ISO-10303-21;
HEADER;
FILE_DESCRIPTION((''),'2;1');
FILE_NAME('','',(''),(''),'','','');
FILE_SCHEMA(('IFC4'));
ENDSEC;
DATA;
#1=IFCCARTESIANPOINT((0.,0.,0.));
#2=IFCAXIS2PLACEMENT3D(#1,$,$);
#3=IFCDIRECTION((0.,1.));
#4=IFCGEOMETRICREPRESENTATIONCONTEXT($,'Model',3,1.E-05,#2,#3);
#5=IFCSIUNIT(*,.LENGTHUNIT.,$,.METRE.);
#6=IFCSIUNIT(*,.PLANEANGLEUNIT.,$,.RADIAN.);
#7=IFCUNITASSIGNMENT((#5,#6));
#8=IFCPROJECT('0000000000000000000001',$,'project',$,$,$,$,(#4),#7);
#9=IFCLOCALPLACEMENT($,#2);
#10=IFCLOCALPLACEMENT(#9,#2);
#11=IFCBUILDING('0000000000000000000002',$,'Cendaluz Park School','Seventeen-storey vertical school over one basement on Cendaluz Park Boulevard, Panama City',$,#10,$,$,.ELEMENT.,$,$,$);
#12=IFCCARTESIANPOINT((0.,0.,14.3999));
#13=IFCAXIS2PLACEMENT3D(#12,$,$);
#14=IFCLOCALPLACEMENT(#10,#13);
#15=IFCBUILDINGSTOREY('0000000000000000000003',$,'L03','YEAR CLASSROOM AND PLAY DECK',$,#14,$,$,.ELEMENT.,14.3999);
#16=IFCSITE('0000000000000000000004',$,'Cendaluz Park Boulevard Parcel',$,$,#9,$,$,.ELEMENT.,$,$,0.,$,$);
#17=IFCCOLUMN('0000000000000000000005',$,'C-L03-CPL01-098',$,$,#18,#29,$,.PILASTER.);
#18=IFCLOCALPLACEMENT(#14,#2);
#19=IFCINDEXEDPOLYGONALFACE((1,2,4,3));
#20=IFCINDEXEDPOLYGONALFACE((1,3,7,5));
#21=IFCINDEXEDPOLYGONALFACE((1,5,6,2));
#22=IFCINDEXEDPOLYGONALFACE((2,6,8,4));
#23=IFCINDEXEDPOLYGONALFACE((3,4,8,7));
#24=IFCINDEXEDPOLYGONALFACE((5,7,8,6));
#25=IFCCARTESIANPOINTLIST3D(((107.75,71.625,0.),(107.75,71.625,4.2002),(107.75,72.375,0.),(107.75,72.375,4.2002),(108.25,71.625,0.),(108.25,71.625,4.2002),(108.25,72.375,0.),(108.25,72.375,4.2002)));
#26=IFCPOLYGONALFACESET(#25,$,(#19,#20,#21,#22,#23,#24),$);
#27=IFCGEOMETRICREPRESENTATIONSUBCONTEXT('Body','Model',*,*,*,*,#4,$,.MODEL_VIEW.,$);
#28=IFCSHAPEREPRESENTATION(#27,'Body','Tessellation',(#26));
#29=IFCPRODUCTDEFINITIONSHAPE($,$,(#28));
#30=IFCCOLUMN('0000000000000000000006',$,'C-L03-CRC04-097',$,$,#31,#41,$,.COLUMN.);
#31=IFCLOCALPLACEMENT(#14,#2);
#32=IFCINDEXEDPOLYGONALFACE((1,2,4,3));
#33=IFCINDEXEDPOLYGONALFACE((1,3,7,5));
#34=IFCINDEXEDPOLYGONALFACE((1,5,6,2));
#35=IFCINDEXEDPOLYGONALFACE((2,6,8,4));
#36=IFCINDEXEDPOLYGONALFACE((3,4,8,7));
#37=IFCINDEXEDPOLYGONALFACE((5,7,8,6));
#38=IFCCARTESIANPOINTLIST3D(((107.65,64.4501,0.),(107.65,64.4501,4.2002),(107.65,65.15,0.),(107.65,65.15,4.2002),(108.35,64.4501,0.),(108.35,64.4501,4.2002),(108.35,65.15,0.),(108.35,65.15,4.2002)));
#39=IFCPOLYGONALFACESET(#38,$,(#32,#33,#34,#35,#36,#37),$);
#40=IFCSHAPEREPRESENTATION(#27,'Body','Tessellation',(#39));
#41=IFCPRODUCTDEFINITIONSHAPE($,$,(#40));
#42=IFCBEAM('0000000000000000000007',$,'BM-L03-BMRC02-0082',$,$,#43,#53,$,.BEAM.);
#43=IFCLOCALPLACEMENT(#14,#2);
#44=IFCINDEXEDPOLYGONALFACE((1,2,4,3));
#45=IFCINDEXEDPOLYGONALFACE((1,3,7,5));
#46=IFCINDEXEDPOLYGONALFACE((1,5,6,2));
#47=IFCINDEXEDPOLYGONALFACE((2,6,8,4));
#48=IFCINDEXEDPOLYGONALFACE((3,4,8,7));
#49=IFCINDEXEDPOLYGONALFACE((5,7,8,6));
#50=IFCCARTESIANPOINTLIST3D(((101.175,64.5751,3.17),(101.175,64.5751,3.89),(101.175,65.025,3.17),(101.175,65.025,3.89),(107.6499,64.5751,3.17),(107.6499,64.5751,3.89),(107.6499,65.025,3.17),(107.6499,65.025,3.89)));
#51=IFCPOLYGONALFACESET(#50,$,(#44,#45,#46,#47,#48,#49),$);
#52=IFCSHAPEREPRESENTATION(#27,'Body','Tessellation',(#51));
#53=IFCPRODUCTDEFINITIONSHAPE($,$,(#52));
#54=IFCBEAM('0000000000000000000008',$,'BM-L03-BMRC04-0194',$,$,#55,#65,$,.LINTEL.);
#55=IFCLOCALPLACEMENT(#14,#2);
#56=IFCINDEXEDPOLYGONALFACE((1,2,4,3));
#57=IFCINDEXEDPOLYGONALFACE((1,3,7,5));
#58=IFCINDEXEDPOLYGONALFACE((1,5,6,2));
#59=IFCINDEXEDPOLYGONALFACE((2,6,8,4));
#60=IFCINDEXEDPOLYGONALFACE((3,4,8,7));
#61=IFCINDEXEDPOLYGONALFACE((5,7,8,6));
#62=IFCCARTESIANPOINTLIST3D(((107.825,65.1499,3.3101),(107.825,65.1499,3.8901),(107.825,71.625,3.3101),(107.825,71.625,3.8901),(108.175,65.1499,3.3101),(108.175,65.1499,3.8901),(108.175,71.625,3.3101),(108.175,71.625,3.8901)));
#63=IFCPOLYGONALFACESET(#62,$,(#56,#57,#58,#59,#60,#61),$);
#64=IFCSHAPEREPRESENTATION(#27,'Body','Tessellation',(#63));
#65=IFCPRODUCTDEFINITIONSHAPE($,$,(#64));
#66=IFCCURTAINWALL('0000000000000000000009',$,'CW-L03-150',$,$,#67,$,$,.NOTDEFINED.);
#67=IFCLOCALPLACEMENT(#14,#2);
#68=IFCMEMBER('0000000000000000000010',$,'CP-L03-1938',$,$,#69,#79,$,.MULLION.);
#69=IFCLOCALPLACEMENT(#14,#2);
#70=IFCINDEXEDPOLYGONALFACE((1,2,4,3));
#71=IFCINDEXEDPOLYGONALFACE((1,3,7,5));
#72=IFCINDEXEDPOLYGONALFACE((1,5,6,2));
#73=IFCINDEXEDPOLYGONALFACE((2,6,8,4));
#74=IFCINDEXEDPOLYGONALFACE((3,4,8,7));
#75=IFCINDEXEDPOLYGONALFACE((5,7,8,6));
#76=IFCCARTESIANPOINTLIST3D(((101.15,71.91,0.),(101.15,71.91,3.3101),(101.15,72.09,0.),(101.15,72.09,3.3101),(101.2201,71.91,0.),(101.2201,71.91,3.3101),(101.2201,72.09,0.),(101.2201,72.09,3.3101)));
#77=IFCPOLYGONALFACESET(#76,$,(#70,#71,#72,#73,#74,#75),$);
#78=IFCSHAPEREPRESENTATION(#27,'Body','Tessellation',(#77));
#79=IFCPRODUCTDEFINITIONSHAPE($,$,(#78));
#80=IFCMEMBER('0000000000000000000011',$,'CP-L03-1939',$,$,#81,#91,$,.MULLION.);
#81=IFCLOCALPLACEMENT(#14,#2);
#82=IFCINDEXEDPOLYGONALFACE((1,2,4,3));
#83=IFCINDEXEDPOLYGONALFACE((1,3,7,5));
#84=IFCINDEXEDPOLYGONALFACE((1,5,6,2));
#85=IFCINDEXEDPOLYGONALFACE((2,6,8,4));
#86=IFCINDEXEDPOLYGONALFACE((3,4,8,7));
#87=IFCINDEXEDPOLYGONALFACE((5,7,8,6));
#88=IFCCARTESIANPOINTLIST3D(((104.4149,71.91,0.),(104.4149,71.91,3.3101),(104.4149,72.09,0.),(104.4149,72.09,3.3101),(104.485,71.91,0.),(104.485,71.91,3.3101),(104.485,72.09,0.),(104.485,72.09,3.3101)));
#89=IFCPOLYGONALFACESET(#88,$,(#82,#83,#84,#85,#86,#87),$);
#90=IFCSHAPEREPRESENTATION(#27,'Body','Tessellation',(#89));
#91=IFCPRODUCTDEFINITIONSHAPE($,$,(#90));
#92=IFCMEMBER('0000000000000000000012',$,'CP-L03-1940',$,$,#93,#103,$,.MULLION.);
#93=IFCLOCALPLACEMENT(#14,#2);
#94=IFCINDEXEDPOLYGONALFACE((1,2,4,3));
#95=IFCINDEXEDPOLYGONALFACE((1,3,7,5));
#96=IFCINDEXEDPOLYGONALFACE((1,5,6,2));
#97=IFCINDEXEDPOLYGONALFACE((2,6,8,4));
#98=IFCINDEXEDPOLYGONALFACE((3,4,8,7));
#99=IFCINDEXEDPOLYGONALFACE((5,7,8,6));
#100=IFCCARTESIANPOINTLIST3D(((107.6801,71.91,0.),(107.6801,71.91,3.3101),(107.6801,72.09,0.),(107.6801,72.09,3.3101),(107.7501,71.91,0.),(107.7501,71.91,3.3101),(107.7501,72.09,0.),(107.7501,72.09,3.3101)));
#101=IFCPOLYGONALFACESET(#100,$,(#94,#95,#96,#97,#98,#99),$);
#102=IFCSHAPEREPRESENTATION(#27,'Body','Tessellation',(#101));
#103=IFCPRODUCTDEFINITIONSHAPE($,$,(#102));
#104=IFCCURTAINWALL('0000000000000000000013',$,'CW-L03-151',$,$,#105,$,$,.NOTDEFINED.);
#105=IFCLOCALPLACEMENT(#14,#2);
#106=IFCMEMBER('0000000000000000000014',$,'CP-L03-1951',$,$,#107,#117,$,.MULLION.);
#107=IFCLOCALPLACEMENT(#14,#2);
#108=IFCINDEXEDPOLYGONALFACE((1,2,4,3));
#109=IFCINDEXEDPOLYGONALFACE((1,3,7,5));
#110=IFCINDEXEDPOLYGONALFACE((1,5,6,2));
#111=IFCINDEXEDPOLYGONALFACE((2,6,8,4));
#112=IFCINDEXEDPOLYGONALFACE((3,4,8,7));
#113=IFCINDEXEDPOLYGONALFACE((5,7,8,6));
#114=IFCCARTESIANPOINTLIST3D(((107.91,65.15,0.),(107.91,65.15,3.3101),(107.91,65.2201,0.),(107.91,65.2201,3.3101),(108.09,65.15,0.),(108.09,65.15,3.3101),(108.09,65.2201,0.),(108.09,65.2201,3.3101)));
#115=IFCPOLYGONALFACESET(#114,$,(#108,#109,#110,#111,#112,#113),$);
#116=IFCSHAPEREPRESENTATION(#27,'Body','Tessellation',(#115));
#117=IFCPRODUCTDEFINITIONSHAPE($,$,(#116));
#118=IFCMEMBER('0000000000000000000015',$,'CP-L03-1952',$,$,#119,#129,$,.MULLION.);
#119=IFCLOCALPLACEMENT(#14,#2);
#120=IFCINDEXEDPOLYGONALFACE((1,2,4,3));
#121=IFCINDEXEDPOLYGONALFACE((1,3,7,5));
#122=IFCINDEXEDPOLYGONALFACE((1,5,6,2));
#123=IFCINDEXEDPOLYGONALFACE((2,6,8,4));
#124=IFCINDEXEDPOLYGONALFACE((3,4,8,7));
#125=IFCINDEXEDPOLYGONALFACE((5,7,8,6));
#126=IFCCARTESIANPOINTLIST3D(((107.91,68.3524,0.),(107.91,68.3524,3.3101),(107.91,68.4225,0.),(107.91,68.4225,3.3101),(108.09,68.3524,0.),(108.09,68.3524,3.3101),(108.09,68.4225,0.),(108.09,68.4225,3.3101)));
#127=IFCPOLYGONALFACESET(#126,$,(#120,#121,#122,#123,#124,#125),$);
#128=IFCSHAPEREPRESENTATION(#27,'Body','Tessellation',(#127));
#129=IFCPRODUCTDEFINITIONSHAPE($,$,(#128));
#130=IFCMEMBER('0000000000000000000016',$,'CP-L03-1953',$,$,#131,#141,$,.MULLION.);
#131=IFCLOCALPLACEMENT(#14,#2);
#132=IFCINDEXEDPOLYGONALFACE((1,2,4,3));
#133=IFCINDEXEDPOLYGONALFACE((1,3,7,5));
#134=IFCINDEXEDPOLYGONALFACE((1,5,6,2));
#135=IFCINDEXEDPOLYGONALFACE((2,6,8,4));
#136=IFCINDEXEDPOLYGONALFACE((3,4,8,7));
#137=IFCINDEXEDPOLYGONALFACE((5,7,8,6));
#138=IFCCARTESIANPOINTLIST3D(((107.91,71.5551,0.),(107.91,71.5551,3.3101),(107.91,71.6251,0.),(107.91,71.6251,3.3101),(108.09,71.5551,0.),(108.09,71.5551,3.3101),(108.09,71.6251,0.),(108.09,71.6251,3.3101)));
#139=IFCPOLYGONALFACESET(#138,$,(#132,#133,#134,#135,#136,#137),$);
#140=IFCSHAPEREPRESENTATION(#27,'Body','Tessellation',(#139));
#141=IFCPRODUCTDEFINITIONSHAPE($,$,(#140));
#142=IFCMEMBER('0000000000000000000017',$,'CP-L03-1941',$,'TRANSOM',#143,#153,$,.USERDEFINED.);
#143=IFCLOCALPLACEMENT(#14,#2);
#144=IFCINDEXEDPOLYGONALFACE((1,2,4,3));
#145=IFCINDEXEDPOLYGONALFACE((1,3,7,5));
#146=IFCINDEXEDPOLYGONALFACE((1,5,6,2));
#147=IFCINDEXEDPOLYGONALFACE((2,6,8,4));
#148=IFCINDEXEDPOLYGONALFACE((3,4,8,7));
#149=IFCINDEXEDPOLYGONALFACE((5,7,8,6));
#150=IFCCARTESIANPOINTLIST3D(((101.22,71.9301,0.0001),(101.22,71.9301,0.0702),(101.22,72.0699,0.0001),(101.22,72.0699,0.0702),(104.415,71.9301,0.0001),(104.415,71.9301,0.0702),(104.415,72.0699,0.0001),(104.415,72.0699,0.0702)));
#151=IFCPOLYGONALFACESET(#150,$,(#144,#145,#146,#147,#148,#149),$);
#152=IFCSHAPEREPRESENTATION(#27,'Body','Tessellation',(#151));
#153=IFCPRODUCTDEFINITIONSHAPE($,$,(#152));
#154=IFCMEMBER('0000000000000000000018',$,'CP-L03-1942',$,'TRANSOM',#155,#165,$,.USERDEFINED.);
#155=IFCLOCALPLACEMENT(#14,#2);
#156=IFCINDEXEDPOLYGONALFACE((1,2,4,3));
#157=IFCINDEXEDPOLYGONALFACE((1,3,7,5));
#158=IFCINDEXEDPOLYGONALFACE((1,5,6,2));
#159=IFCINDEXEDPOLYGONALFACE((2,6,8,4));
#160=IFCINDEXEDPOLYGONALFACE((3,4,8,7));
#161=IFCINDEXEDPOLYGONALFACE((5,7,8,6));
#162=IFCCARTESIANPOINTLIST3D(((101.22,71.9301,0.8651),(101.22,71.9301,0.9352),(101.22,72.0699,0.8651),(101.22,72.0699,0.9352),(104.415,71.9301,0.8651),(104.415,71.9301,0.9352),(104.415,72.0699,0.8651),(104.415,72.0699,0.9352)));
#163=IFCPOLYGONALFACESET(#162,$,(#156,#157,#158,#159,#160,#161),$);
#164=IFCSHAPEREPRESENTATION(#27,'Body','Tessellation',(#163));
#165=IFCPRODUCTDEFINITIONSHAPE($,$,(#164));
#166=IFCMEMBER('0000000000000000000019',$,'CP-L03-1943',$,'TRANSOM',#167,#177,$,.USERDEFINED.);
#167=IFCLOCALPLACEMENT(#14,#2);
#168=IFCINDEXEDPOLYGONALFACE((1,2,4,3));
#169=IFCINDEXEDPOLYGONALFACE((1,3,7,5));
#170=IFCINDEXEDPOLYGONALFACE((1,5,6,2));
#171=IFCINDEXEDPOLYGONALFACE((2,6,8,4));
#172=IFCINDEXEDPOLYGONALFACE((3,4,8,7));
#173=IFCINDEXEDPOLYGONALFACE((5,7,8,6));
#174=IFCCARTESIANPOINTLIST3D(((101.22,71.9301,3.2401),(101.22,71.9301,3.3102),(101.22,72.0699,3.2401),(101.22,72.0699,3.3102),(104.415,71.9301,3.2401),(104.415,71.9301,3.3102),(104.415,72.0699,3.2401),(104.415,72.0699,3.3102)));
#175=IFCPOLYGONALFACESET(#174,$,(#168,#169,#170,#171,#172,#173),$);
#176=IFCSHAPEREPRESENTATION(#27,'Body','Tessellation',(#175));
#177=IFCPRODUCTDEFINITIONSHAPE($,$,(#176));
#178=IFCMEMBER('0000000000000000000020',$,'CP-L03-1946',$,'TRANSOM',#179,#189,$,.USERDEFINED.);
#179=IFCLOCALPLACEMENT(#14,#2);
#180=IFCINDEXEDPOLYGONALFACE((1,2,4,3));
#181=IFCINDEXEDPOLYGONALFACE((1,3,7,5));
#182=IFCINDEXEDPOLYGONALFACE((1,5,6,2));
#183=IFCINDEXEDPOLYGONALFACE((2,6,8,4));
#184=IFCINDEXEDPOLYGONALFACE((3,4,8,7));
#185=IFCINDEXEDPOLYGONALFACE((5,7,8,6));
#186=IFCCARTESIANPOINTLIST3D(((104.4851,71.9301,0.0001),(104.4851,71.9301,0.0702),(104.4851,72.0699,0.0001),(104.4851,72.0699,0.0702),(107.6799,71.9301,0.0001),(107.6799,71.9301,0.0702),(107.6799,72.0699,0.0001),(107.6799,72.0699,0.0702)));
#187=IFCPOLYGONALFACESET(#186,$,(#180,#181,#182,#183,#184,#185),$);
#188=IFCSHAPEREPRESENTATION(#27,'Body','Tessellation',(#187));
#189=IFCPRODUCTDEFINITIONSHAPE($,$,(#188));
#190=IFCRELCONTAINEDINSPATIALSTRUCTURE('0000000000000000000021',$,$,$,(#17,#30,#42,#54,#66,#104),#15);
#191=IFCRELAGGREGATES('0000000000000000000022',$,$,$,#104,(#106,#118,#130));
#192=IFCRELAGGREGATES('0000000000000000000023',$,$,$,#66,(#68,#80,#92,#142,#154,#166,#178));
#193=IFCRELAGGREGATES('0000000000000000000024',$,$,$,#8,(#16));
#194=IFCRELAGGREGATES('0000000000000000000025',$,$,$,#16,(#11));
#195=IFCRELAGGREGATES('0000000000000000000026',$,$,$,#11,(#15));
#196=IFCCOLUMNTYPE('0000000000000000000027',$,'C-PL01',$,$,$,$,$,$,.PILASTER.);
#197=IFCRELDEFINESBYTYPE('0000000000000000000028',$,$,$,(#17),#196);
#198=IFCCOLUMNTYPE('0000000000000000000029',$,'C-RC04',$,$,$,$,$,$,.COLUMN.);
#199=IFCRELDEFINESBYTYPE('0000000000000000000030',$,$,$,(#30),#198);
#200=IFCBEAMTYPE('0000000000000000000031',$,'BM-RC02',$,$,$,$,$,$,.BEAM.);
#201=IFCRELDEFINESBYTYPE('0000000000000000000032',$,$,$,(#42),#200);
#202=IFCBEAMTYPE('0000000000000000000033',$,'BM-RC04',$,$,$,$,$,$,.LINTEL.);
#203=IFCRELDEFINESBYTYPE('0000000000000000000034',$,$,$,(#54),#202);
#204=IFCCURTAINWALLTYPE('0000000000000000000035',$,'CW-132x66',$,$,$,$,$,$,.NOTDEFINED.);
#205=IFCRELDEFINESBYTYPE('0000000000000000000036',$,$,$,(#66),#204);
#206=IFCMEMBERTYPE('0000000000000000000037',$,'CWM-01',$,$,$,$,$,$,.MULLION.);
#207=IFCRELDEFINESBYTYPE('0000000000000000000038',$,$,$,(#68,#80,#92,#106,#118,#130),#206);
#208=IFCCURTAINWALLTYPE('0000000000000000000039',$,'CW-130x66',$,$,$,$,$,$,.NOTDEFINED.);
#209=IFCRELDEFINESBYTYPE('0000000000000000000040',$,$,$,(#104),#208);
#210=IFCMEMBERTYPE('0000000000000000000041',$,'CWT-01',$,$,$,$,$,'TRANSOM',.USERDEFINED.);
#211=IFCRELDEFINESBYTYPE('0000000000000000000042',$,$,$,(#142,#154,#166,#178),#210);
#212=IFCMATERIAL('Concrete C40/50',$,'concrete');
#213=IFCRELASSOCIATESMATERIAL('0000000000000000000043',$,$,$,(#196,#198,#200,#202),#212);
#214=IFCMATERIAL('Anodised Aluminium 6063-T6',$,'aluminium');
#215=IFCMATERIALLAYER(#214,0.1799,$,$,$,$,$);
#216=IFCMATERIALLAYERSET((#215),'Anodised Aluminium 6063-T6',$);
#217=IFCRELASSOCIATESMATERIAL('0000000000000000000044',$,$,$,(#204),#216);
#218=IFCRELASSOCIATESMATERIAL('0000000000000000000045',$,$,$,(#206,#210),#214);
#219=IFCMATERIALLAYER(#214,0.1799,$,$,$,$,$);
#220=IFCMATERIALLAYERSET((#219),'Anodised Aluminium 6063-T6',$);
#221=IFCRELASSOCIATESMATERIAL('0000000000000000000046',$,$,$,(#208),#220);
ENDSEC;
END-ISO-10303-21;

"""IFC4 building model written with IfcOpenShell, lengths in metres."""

from ifc_helpers import new_model, si_unit, direction, frame, origin, origin_2d, place, context, subcontext, project, spatial, rectangle, extrude, material, layer, layer_set, material_profile, profile_set, type_object, element, aggregate, save


model = new_model("IFC4")

# Units and contexts
model_context = context("Model", 3, precision=1e-05, world=origin(), true_north=direction((0.0, 1.0)))
body_context = subcontext(model_context, "Body", "Model", "MODEL_VIEW")
ifc_project = project(units=[si_unit("LENGTHUNIT", "METRE"), si_unit("PLANEANGLEUNIT", "RADIAN")], contexts=[model_context])

# Site, building, storey
site_placement = place(None, origin())
site = spatial("IfcSite", under=ifc_project, at=site_placement, Name="Cendaluz Park Boulevard Parcel", CompositionType="ELEMENT", RefElevation=0.0)
building_placement = place(site_placement, origin())
building = spatial("IfcBuilding", under=site, at=building_placement, Name="Cendaluz Park School", Description="Seventeen-storey vertical school over one basement on Cendaluz Park Boulevard, Panama City", CompositionType="ELEMENT")
storey_placement = place(building_placement, frame((0.0, 0.0, 14.3999)))
storey = spatial("IfcBuildingStorey", under=building, at=storey_placement, Name="L03", Description="YEAR CLASSROOM AND PLAY DECK", CompositionType="ELEMENT", Elevation=14.3999)

# Columns
ifc_material_1 = material(Name="Concrete C40/50", Category="concrete")
ifc_material_profile_1 = material_profile(ifc_material_1, rectangle(XDim=0.5, YDim=0.75, at=origin_2d()), Name="RC 500x750", Category="concrete")
ifc_profile_set_1 = profile_set([ifc_material_profile_1], Name="Concrete C40/50")
column_type_1 = type_object("IfcColumnType", Name="C-PL01", PredefinedType="PILASTER", material=ifc_profile_set_1)
column_1_placement = place(storey_placement, frame((108.0, 72.0, 0.0), z_axis=(0.0, 0.0, 1.0), x_axis=(1.0, 0.0, 0.0)))
element("IfcColumn", 1, at=column_1_placement, inside=storey, type_object=column_type_1, Name="C-L03-CPL01-098", PredefinedType="PILASTER", context=body_context, shape_type="SweptSolid", body=[
    extrude(rectangle(XDim=0.5, YDim=0.75, at=origin_2d()), origin(), (0.0, 0.0, 1.0), 4.2002),
])
ifc_material_profile_2 = material_profile(ifc_material_1, rectangle(XDim=0.7, YDim=0.7, at=origin_2d()), Name="RC 700x700", Category="concrete")
ifc_profile_set_2 = profile_set([ifc_material_profile_2], Name="Concrete C40/50")
column_type_2 = type_object("IfcColumnType", Name="C-RC04", PredefinedType="COLUMN", material=ifc_profile_set_2)
column_2_placement = place(storey_placement, frame((108.0, 64.8, 0.0), z_axis=(0.0, 0.0, 1.0), x_axis=(1.0, 0.0, 0.0)))
element("IfcColumn", 2, at=column_2_placement, inside=storey, type_object=column_type_2, Name="C-L03-CRC04-097", PredefinedType="COLUMN", context=body_context, shape_type="SweptSolid", body=[
    extrude(rectangle(XDim=0.7, YDim=0.7, at=origin_2d()), origin(), (0.0, 0.0, 1.0), 4.2002),
])

# Beams
ifc_material_profile_3 = material_profile(ifc_material_1, rectangle(XDim=0.45, YDim=0.72, at=origin_2d()), Name="RC 450x720", Category="concrete")
ifc_profile_set_3 = profile_set([ifc_material_profile_3], Name="Concrete C40/50")
beam_type_1 = type_object("IfcBeamType", Name="BM-RC02", PredefinedType="BEAM", material=ifc_profile_set_3)
beam_1_placement = place(storey_placement, frame((101.175, 64.8, 3.53), z_axis=(1.0, 0.0, 0.0), x_axis=(0.0, 1.0, 0.0)))
element("IfcBeam", 3, at=beam_1_placement, inside=storey, type_object=beam_type_1, Name="BM-L03-BMRC02-0082", PredefinedType="BEAM", context=body_context, shape_type="SweptSolid", body=[
    extrude(rectangle(XDim=0.45, YDim=0.72, at=origin_2d()), origin(), (0.0, 0.0, 1.0), 6.4749),
])
ifc_material_profile_4 = material_profile(ifc_material_1, rectangle(XDim=0.3501, YDim=0.5801, at=origin_2d()), Name="RC 350x580", Category="concrete")
ifc_profile_set_4 = profile_set([ifc_material_profile_4], Name="Concrete C40/50")
beam_type_2 = type_object("IfcBeamType", Name="BM-RC04", PredefinedType="LINTEL", material=ifc_profile_set_4)
beam_2_placement = place(storey_placement, frame((108.0, 65.1499, 3.6001), z_axis=(0.0, 1.0, 0.0), x_axis=(-1.0, 0.0, 0.0)))
element("IfcBeam", 4, at=beam_2_placement, inside=storey, type_object=beam_type_2, Name="BM-L03-BMRC04-0194", PredefinedType="LINTEL", context=body_context, shape_type="SweptSolid", body=[
    extrude(rectangle(XDim=0.3501, YDim=0.5801, at=origin_2d()), origin(), (0.0, 0.0, 1.0), 6.4751),
])

# Curtain walls, members
ifc_material_2 = material(Name="Anodised Aluminium 6063-T6", Category="aluminium")
ifc_layer_1 = layer(ifc_material_2, 0.1799)
ifc_layer_set_1 = layer_set([ifc_layer_1], Name="Anodised Aluminium 6063-T6")
curtain_wall_type_1 = type_object("IfcCurtainWallType", Name="CW-132x66", PredefinedType="NOTDEFINED", material=ifc_layer_set_1)
curtain_wall_1_placement = place(storey_placement, origin())
curtain_wall_1 = element("IfcCurtainWall", 5, at=curtain_wall_1_placement, inside=storey, type_object=curtain_wall_type_1, Name="CW-L03-150", PredefinedType="NOTDEFINED")
ifc_material_profile_5 = material_profile(ifc_material_2, rectangle(XDim=0.1799, YDim=0.0701, at=origin_2d()), Name="CWM 180x70", Category="aluminium")
ifc_profile_set_5 = profile_set([ifc_material_profile_5], Name="Anodised Aluminium 6063-T6")
member_type_1 = type_object("IfcMemberType", Name="CWM-01", PredefinedType="MULLION", material=ifc_profile_set_5)
member_1_placement = place(storey_placement, frame((101.1851, 72.0, 0.0), z_axis=(0.0, 0.0, 1.0), x_axis=(0.0, 1.0, 0.0)))
member_1 = element("IfcMember", 6, at=member_1_placement, type_object=member_type_1, Name="CP-L03-1938", PredefinedType="MULLION", context=body_context, shape_type="SweptSolid", body=[
    extrude(rectangle(XDim=0.1799, YDim=0.0701, at=origin_2d()), origin(), (0.0, 0.0, 1.0), 3.3101),
])
member_2_placement = place(storey_placement, frame((104.45, 72.0, 0.0), z_axis=(0.0, 0.0, 1.0), x_axis=(0.0, 1.0, 0.0)))
member_2 = element("IfcMember", 7, at=member_2_placement, type_object=member_type_1, Name="CP-L03-1939", PredefinedType="MULLION", context=body_context, shape_type="SweptSolid", body=[
    extrude(rectangle(XDim=0.1799, YDim=0.0701, at=origin_2d()), origin(), (0.0, 0.0, 1.0), 3.3101),
])
member_3_placement = place(storey_placement, frame((107.7151, 72.0, 0.0), z_axis=(0.0, 0.0, 1.0), x_axis=(0.0, 1.0, 0.0)))
member_3 = element("IfcMember", 8, at=member_3_placement, type_object=member_type_1, Name="CP-L03-1940", PredefinedType="MULLION", context=body_context, shape_type="SweptSolid", body=[
    extrude(rectangle(XDim=0.1799, YDim=0.0701, at=origin_2d()), origin(), (0.0, 0.0, 1.0), 3.3101),
])
ifc_layer_2 = layer(ifc_material_2, 0.1799)
ifc_layer_set_2 = layer_set([ifc_layer_2], Name="Anodised Aluminium 6063-T6")
curtain_wall_type_2 = type_object("IfcCurtainWallType", Name="CW-130x66", PredefinedType="NOTDEFINED", material=ifc_layer_set_2)
curtain_wall_2_placement = place(storey_placement, origin())
curtain_wall_2 = element("IfcCurtainWall", 9, at=curtain_wall_2_placement, inside=storey, type_object=curtain_wall_type_2, Name="CW-L03-151", PredefinedType="NOTDEFINED")
member_4_placement = place(storey_placement, frame((108.0, 65.1851, 0.0), z_axis=(0.0, 0.0, 1.0), x_axis=(-1.0, 0.0, 0.0)))
member_4 = element("IfcMember", 10, at=member_4_placement, type_object=member_type_1, Name="CP-L03-1951", PredefinedType="MULLION", context=body_context, shape_type="SweptSolid", body=[
    extrude(rectangle(XDim=0.1799, YDim=0.0701, at=origin_2d()), origin(), (0.0, 0.0, 1.0), 3.3101),
])
member_5_placement = place(storey_placement, frame((108.0, 68.3875, 0.0), z_axis=(0.0, 0.0, 1.0), x_axis=(-1.0, 0.0, 0.0)))
member_5 = element("IfcMember", 11, at=member_5_placement, type_object=member_type_1, Name="CP-L03-1952", PredefinedType="MULLION", context=body_context, shape_type="SweptSolid", body=[
    extrude(rectangle(XDim=0.1799, YDim=0.0701, at=origin_2d()), origin(), (0.0, 0.0, 1.0), 3.3101),
])
member_6_placement = place(storey_placement, frame((108.0, 71.5901, 0.0), z_axis=(0.0, 0.0, 1.0), x_axis=(-1.0, 0.0, 0.0)))
member_6 = element("IfcMember", 12, at=member_6_placement, type_object=member_type_1, Name="CP-L03-1953", PredefinedType="MULLION", context=body_context, shape_type="SweptSolid", body=[
    extrude(rectangle(XDim=0.1799, YDim=0.0701, at=origin_2d()), origin(), (0.0, 0.0, 1.0), 3.3101),
])

# Members
ifc_material_profile_6 = material_profile(ifc_material_2, rectangle(XDim=0.1399, YDim=0.0701, at=origin_2d()), Name="CWT 140x70", Category="aluminium")
ifc_profile_set_6 = profile_set([ifc_material_profile_6], Name="Anodised Aluminium 6063-T6")
member_type_2 = type_object("IfcMemberType", Name="CWT-01", ElementType="TRANSOM", PredefinedType="USERDEFINED", material=ifc_profile_set_6)
member_7_placement = place(storey_placement, frame((101.22, 72.0, 0.0352), z_axis=(1.0, 0.0, 0.0), x_axis=(0.0, 1.0, 0.0)))
member_7 = element("IfcMember", 13, at=member_7_placement, type_object=member_type_2, Name="CP-L03-1941", ObjectType="TRANSOM", PredefinedType="USERDEFINED", context=body_context, shape_type="SweptSolid", body=[
    extrude(rectangle(XDim=0.1399, YDim=0.0701, at=origin_2d()), origin(), (0.0, 0.0, 1.0), 3.1951),
])
member_8_placement = place(storey_placement, frame((101.22, 72.0, 0.9001), z_axis=(1.0, 0.0, 0.0), x_axis=(0.0, 1.0, 0.0)))
member_8 = element("IfcMember", 14, at=member_8_placement, type_object=member_type_2, Name="CP-L03-1942", ObjectType="TRANSOM", PredefinedType="USERDEFINED", context=body_context, shape_type="SweptSolid", body=[
    extrude(rectangle(XDim=0.1399, YDim=0.0701, at=origin_2d()), origin(), (0.0, 0.0, 1.0), 3.1951),
])
member_9_placement = place(storey_placement, frame((101.22, 72.0, 3.2751), z_axis=(1.0, 0.0, 0.0), x_axis=(0.0, 1.0, 0.0)))
member_9 = element("IfcMember", 15, at=member_9_placement, type_object=member_type_2, Name="CP-L03-1943", ObjectType="TRANSOM", PredefinedType="USERDEFINED", context=body_context, shape_type="SweptSolid", body=[
    extrude(rectangle(XDim=0.1399, YDim=0.0701, at=origin_2d()), origin(), (0.0, 0.0, 1.0), 3.1951),
])
member_10_placement = place(storey_placement, frame((104.4851, 72.0, 0.0352), z_axis=(1.0, 0.0, 0.0), x_axis=(0.0, 1.0, 0.0)))
member_10 = element("IfcMember", 16, at=member_10_placement, type_object=member_type_2, Name="CP-L03-1946", ObjectType="TRANSOM", PredefinedType="USERDEFINED", context=body_context, shape_type="SweptSolid", body=[
    extrude(rectangle(XDim=0.1399, YDim=0.0701, at=origin_2d()), origin(), (0.0, 0.0, 1.0), 3.1948),
])

aggregate(curtain_wall_2, [member_4, member_5, member_6])
aggregate(curtain_wall_1, [member_1, member_2, member_3, member_7, member_8, member_9, member_10])

save(model, "model.ifc")
